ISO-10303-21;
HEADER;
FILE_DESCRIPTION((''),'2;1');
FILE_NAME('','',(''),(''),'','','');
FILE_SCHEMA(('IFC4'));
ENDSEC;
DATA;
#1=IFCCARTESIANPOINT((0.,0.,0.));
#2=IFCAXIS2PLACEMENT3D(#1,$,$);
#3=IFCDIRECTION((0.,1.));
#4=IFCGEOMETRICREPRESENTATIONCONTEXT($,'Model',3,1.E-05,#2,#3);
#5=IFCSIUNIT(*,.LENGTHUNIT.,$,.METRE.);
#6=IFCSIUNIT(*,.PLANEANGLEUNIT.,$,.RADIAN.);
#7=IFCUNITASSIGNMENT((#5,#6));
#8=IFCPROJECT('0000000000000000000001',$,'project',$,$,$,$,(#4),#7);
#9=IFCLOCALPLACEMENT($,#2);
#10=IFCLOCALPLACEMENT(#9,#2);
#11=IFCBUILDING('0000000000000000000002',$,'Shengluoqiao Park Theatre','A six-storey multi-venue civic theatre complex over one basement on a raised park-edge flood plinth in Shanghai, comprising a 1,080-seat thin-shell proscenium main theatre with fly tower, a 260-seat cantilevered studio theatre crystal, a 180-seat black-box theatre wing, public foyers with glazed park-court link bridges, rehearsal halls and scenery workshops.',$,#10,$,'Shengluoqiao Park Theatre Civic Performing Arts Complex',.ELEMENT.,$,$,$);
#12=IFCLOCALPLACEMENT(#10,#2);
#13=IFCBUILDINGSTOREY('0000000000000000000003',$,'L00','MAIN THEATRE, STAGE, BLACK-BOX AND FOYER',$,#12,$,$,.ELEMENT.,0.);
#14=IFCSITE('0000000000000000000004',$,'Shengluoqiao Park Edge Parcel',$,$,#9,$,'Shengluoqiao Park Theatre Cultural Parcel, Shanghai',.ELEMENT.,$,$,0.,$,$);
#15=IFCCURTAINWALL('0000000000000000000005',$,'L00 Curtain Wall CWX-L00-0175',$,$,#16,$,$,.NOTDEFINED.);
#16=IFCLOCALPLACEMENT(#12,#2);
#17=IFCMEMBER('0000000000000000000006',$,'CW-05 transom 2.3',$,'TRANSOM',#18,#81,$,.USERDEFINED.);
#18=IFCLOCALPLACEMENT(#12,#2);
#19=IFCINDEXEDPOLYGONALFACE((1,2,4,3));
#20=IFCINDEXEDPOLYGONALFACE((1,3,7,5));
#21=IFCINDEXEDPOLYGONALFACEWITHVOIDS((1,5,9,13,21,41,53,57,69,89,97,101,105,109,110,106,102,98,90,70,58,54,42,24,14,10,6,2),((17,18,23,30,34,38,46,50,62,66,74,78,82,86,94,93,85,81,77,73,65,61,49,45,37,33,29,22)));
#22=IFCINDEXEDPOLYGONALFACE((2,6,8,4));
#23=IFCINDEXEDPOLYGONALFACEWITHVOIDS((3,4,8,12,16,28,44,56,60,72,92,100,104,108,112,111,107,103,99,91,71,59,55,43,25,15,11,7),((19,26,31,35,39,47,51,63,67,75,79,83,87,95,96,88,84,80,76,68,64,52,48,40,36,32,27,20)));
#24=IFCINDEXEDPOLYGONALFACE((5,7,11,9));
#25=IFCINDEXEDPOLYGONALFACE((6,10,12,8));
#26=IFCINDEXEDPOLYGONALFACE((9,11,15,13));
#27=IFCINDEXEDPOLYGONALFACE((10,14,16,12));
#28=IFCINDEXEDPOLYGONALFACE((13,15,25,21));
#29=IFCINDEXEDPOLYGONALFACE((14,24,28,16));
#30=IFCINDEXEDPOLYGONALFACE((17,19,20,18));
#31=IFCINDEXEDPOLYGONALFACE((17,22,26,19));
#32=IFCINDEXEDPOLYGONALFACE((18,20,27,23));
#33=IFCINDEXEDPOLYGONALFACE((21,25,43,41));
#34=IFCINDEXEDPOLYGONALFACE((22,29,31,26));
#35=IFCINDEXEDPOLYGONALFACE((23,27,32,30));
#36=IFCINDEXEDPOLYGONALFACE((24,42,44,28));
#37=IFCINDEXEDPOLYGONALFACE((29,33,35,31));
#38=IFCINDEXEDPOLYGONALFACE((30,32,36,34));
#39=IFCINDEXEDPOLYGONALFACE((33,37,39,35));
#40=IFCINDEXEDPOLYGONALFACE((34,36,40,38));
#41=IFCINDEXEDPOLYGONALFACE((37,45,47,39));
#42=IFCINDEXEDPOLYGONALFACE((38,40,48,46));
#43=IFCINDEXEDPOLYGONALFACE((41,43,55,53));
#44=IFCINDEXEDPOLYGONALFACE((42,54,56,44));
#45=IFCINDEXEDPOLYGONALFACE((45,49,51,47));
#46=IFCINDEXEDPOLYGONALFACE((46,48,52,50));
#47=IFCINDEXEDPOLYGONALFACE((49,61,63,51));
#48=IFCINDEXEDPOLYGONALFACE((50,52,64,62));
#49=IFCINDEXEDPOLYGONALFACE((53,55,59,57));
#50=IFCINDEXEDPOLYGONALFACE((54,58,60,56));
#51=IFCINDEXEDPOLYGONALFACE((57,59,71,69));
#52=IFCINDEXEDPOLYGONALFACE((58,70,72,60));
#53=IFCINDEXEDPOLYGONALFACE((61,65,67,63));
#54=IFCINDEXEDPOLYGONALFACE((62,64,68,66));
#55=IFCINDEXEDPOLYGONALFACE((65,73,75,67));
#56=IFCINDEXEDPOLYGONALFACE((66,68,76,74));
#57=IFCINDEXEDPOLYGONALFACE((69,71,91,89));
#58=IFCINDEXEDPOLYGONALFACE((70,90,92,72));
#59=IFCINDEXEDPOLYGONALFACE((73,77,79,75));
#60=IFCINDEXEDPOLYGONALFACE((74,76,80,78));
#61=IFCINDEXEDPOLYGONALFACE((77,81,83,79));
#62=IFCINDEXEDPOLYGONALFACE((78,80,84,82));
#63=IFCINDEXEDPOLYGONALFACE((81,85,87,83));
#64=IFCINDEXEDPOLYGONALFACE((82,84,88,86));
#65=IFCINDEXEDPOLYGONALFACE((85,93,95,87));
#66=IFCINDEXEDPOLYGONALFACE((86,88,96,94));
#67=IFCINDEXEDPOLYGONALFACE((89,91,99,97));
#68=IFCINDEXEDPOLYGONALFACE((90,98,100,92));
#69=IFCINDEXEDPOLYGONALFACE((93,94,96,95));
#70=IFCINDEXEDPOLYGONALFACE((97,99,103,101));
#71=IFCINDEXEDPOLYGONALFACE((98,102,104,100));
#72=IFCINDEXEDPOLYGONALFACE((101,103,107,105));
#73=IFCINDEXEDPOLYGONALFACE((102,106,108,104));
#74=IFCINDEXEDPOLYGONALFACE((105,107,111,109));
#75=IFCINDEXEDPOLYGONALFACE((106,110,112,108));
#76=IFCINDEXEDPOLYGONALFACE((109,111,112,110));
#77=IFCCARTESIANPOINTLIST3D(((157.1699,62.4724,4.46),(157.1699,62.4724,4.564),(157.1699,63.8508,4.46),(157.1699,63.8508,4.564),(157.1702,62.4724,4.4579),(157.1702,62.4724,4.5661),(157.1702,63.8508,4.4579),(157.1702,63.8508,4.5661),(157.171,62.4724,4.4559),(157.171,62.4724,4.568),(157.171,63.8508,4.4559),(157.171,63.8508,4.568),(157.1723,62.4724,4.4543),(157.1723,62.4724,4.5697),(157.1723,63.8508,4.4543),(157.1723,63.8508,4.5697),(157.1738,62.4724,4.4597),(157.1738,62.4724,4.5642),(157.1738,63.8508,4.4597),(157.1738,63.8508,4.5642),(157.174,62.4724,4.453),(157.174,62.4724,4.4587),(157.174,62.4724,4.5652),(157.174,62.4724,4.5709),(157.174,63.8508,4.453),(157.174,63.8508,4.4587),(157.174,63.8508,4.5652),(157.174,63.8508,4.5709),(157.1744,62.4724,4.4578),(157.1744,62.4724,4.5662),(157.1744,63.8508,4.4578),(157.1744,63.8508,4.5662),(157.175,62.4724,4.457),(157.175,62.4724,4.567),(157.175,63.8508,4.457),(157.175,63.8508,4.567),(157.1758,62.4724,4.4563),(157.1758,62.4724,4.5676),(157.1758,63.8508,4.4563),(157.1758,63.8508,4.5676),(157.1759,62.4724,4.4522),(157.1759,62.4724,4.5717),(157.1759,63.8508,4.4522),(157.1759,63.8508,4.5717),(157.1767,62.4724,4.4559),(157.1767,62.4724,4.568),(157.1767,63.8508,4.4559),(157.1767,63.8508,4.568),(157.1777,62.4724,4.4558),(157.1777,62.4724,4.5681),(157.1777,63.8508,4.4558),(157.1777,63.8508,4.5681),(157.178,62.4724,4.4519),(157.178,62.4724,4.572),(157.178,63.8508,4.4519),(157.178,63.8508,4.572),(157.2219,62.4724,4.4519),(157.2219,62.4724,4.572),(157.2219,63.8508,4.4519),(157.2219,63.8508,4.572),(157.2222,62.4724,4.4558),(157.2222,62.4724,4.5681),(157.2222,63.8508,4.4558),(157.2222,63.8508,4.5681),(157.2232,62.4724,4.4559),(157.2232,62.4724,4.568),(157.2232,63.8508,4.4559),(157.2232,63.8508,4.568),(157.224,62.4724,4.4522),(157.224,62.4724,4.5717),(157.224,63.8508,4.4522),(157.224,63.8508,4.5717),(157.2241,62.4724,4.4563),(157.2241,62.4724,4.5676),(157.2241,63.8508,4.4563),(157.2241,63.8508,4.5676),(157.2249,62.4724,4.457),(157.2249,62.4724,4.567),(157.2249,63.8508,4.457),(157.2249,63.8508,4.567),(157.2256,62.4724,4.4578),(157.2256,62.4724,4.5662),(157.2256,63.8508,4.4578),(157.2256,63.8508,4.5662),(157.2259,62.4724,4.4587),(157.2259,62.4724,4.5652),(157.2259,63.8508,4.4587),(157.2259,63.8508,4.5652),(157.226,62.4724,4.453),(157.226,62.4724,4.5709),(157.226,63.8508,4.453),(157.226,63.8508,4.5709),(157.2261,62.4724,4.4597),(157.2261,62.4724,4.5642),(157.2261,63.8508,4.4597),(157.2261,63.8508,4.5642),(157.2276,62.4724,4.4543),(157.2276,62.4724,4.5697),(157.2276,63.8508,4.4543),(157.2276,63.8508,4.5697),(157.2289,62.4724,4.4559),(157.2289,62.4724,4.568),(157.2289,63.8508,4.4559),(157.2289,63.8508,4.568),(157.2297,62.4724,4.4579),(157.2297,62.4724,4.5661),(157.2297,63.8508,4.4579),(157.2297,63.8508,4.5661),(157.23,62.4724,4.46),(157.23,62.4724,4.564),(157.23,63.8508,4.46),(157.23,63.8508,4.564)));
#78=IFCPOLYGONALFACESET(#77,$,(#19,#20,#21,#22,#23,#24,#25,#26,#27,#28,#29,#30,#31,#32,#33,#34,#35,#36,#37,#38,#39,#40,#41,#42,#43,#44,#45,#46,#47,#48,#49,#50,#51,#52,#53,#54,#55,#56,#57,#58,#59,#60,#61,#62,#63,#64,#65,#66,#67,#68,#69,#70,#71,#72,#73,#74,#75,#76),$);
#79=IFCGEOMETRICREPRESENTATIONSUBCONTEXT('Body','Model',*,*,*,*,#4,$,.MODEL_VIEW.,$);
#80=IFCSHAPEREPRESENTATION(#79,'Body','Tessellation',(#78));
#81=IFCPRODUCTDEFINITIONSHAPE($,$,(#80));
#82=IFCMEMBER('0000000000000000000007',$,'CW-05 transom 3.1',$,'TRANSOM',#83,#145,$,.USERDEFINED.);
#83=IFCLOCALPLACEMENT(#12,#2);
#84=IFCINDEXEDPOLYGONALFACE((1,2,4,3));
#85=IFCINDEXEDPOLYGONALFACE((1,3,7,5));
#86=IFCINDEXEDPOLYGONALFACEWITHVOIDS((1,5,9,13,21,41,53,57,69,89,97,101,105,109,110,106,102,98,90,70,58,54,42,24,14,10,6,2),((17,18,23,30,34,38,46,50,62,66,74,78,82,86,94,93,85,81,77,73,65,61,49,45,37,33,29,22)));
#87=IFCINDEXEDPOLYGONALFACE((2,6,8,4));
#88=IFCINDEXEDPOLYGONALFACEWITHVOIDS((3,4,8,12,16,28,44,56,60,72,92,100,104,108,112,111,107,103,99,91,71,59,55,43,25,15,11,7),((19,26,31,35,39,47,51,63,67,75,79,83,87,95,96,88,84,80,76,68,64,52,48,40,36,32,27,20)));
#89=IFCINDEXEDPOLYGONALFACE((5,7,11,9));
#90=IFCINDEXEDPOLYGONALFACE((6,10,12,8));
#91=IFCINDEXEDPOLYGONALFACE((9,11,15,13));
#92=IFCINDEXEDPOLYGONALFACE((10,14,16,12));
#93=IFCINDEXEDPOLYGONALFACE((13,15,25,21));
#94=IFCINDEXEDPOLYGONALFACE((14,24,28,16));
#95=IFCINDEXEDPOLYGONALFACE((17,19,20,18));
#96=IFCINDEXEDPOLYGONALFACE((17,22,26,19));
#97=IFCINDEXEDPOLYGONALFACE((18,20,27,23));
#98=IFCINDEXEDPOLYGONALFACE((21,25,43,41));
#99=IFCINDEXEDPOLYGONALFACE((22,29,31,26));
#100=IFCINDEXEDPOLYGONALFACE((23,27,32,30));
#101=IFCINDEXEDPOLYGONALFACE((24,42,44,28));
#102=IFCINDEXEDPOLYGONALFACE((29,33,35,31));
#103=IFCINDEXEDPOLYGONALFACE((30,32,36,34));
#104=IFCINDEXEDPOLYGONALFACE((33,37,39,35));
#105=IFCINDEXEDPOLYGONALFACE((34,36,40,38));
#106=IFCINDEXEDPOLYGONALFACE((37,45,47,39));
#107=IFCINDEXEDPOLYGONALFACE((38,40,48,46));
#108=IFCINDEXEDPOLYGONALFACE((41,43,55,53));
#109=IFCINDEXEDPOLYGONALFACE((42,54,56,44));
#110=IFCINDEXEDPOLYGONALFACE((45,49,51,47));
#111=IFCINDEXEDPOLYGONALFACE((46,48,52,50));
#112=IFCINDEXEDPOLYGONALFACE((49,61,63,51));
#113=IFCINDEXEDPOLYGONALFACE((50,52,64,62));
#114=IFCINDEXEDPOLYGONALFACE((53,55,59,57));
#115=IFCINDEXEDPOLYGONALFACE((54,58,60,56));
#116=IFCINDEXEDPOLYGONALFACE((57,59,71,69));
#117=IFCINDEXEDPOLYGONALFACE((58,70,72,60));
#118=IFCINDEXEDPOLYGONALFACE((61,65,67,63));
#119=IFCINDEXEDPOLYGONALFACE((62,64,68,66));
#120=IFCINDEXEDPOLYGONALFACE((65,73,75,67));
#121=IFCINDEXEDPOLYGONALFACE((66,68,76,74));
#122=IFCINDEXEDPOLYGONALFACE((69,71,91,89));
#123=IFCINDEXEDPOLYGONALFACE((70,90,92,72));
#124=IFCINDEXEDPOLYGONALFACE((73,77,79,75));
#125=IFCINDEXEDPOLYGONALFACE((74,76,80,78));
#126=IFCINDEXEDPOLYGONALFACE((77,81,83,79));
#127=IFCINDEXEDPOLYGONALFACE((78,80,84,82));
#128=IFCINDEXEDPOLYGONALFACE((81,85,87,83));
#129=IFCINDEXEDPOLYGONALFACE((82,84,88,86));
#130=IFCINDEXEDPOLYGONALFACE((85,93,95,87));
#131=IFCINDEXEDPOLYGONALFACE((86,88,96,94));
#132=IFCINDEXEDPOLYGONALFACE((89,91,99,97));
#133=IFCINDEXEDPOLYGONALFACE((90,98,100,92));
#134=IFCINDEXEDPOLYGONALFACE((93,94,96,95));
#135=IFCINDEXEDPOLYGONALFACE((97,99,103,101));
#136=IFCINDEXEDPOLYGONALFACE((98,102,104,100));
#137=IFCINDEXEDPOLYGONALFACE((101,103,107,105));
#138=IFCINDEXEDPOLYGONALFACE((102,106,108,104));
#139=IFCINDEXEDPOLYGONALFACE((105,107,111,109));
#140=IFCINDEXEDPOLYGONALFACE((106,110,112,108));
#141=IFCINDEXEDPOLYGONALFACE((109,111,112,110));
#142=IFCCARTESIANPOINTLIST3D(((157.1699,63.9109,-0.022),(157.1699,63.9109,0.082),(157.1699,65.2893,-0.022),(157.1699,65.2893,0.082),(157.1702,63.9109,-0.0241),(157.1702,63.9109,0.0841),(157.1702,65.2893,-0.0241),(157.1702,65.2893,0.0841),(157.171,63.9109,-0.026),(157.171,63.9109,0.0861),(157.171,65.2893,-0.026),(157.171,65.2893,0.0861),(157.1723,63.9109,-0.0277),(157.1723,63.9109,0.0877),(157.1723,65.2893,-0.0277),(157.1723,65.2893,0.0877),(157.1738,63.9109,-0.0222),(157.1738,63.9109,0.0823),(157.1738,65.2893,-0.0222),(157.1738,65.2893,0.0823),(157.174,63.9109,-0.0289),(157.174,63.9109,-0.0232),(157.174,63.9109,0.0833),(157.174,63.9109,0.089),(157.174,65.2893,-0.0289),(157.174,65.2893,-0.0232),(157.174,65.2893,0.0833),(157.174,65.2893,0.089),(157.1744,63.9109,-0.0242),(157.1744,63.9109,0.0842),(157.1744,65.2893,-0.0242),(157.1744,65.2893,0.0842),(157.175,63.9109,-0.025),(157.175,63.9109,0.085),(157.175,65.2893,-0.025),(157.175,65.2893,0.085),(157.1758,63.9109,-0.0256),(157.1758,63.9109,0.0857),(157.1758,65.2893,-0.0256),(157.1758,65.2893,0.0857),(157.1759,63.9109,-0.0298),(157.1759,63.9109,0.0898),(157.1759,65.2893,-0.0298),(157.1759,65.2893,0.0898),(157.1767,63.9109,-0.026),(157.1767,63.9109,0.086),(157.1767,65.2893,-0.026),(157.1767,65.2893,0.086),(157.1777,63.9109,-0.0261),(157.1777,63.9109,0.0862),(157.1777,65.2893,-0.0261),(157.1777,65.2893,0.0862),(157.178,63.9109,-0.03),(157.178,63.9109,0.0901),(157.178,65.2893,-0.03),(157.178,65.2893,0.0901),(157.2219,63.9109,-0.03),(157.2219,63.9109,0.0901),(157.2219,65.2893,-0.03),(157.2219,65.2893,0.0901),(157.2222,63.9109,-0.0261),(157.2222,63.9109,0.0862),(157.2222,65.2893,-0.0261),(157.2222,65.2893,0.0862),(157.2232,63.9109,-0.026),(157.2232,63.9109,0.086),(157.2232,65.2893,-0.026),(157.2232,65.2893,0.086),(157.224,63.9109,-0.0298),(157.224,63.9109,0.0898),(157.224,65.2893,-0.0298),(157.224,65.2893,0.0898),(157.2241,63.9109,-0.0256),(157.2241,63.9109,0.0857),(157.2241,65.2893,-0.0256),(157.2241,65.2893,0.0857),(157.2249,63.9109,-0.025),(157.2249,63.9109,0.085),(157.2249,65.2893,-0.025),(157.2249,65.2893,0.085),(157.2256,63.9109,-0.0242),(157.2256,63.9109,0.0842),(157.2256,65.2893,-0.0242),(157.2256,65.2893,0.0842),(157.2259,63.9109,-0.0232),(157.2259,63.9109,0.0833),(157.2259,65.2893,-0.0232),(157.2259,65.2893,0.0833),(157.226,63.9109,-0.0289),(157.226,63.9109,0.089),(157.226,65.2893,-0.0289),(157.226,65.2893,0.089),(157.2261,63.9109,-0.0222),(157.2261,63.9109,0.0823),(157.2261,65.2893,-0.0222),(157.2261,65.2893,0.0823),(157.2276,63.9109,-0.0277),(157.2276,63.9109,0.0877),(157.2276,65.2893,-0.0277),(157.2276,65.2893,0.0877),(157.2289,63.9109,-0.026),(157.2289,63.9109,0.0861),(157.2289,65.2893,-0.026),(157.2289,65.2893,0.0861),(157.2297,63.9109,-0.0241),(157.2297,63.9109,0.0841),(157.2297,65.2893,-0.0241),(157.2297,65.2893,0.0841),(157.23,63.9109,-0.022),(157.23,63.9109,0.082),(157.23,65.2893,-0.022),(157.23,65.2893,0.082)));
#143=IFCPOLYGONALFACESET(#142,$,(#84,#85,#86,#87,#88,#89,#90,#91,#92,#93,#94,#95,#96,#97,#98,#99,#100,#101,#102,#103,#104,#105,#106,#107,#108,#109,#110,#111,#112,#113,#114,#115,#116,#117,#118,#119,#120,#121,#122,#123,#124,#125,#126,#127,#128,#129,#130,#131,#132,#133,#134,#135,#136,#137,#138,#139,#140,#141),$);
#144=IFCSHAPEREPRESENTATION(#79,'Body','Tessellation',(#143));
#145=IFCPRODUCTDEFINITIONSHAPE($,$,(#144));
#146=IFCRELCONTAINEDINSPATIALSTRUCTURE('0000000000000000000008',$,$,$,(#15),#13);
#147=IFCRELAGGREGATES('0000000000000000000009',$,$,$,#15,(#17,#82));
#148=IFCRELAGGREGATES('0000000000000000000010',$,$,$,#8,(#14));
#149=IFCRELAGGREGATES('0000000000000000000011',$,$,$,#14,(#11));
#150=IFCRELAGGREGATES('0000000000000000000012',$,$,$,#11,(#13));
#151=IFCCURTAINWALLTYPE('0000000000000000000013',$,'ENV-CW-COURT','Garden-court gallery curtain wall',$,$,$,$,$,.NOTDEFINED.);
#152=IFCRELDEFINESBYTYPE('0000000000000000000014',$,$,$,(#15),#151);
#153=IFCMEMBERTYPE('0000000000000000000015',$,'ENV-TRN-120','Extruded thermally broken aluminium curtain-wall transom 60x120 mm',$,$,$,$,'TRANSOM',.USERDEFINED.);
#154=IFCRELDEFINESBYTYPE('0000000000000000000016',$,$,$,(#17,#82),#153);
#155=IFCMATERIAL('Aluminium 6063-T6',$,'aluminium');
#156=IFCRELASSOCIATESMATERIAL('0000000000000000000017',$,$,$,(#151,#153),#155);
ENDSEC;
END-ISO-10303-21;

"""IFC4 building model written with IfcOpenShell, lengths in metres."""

from ifc_helpers import new_model, si_unit, direction, frame, origin, origin_2d, place, context, subcontext, project, spatial, hollow_rectangle, extrude, material, material_profile, profile_set, type_object, element, aggregate, save


model = new_model("IFC4")

# Units and contexts
model_context = context("Model", 3, precision=1e-05, world=origin(), true_north=direction((0.0, 1.0)))
body_context = subcontext(model_context, "Body", "Model", "MODEL_VIEW")
ifc_project = project(units=[si_unit("LENGTHUNIT", "METRE"), si_unit("PLANEANGLEUNIT", "RADIAN")], contexts=[model_context])

# Site, building, storey
site_placement = place(None, origin())
site = spatial("IfcSite", under=ifc_project, at=site_placement, Name="Shengluoqiao Park Edge Parcel", LongName="Shengluoqiao Park Theatre Cultural Parcel, Shanghai", CompositionType="ELEMENT", RefElevation=0.0)
building_placement = place(site_placement, origin())
building = spatial("IfcBuilding", under=site, at=building_placement, Name="Shengluoqiao Park Theatre", Description="A six-storey multi-venue civic theatre complex over one basement on a raised park-edge flood plinth in Shanghai, comprising a 1,080-seat thin-shell proscenium main theatre with fly tower, a 260-seat cantilevered studio theatre crystal, a 180-seat black-box theatre wing, public foyers with glazed park-court link bridges, rehearsal halls and scenery workshops.", LongName="Shengluoqiao Park Theatre Civic Performing Arts Complex", CompositionType="ELEMENT")
storey_placement = place(building_placement, origin())
storey = spatial("IfcBuildingStorey", under=building, at=storey_placement, Name="L00", Description="MAIN THEATRE, STAGE, BLACK-BOX AND FOYER", CompositionType="ELEMENT", Elevation=0.0)

# Curtain wall, members
ifc_material_1 = material(Name="Aluminium 6063-T6", Category="aluminium")
curtain_wall_type = type_object("IfcCurtainWallType", Name="ENV-CW-COURT", Description="Garden-court gallery curtain wall", PredefinedType="NOTDEFINED", material=ifc_material_1)
curtain_wall_placement = place(storey_placement, origin())
curtain_wall = element("IfcCurtainWall", 1, at=curtain_wall_placement, inside=storey, type_object=curtain_wall_type, Name="L00 Curtain Wall CWX-L00-0175", PredefinedType="NOTDEFINED")
ifc_material_profile_1 = material_profile(ifc_material_1, hollow_rectangle(XDim=0.0601, YDim=0.1201, WallThickness=0.0039, InnerFilletRadius=0.0039, OuterFilletRadius=0.0081, at=origin_2d()), Name="ALU TRANSOM 120x60x4")
ifc_profile_set_1 = profile_set([ifc_material_profile_1], Name="Aluminium 6063-T6")
member_type_1 = type_object("IfcMemberType", Name="ENV-TRN-120", Description="Extruded thermally broken aluminium curtain-wall transom 60x120 mm", ElementType="TRANSOM", PredefinedType="USERDEFINED", material=ifc_profile_set_1)
member_1_placement = place(storey_placement, frame((157.2, 62.4724, 4.512), z_axis=(0.0, 1.0, 0.0), x_axis=(-1.0, 0.0, 0.0)))
member_1 = element("IfcMember", 2, at=member_1_placement, type_object=member_type_1, Name="CW-05 transom 2.3", ObjectType="TRANSOM", PredefinedType="USERDEFINED", context=body_context, shape_type="SweptSolid", body=[
    extrude(hollow_rectangle(XDim=0.0601, YDim=0.1201, WallThickness=0.0039, InnerFilletRadius=0.0039, OuterFilletRadius=0.0081, at=origin_2d()), origin(), (0.0, 0.0, 1.0), 1.3784),
])
member_2_placement = place(storey_placement, frame((157.2, 63.9109, 0.03), z_axis=(0.0, 1.0, 0.0), x_axis=(-1.0, 0.0, 0.0)))
member_2 = element("IfcMember", 3, at=member_2_placement, type_object=member_type_1, Name="CW-05 transom 3.1", ObjectType="TRANSOM", PredefinedType="USERDEFINED", context=body_context, shape_type="SweptSolid", body=[
    extrude(hollow_rectangle(XDim=0.0601, YDim=0.1201, WallThickness=0.0039, InnerFilletRadius=0.0039, OuterFilletRadius=0.0081, at=origin_2d()), origin(), (0.0, 0.0, 1.0), 1.3784),
])
aggregate(curtain_wall, [member_1, member_2])

save(model, "model.ifc")
